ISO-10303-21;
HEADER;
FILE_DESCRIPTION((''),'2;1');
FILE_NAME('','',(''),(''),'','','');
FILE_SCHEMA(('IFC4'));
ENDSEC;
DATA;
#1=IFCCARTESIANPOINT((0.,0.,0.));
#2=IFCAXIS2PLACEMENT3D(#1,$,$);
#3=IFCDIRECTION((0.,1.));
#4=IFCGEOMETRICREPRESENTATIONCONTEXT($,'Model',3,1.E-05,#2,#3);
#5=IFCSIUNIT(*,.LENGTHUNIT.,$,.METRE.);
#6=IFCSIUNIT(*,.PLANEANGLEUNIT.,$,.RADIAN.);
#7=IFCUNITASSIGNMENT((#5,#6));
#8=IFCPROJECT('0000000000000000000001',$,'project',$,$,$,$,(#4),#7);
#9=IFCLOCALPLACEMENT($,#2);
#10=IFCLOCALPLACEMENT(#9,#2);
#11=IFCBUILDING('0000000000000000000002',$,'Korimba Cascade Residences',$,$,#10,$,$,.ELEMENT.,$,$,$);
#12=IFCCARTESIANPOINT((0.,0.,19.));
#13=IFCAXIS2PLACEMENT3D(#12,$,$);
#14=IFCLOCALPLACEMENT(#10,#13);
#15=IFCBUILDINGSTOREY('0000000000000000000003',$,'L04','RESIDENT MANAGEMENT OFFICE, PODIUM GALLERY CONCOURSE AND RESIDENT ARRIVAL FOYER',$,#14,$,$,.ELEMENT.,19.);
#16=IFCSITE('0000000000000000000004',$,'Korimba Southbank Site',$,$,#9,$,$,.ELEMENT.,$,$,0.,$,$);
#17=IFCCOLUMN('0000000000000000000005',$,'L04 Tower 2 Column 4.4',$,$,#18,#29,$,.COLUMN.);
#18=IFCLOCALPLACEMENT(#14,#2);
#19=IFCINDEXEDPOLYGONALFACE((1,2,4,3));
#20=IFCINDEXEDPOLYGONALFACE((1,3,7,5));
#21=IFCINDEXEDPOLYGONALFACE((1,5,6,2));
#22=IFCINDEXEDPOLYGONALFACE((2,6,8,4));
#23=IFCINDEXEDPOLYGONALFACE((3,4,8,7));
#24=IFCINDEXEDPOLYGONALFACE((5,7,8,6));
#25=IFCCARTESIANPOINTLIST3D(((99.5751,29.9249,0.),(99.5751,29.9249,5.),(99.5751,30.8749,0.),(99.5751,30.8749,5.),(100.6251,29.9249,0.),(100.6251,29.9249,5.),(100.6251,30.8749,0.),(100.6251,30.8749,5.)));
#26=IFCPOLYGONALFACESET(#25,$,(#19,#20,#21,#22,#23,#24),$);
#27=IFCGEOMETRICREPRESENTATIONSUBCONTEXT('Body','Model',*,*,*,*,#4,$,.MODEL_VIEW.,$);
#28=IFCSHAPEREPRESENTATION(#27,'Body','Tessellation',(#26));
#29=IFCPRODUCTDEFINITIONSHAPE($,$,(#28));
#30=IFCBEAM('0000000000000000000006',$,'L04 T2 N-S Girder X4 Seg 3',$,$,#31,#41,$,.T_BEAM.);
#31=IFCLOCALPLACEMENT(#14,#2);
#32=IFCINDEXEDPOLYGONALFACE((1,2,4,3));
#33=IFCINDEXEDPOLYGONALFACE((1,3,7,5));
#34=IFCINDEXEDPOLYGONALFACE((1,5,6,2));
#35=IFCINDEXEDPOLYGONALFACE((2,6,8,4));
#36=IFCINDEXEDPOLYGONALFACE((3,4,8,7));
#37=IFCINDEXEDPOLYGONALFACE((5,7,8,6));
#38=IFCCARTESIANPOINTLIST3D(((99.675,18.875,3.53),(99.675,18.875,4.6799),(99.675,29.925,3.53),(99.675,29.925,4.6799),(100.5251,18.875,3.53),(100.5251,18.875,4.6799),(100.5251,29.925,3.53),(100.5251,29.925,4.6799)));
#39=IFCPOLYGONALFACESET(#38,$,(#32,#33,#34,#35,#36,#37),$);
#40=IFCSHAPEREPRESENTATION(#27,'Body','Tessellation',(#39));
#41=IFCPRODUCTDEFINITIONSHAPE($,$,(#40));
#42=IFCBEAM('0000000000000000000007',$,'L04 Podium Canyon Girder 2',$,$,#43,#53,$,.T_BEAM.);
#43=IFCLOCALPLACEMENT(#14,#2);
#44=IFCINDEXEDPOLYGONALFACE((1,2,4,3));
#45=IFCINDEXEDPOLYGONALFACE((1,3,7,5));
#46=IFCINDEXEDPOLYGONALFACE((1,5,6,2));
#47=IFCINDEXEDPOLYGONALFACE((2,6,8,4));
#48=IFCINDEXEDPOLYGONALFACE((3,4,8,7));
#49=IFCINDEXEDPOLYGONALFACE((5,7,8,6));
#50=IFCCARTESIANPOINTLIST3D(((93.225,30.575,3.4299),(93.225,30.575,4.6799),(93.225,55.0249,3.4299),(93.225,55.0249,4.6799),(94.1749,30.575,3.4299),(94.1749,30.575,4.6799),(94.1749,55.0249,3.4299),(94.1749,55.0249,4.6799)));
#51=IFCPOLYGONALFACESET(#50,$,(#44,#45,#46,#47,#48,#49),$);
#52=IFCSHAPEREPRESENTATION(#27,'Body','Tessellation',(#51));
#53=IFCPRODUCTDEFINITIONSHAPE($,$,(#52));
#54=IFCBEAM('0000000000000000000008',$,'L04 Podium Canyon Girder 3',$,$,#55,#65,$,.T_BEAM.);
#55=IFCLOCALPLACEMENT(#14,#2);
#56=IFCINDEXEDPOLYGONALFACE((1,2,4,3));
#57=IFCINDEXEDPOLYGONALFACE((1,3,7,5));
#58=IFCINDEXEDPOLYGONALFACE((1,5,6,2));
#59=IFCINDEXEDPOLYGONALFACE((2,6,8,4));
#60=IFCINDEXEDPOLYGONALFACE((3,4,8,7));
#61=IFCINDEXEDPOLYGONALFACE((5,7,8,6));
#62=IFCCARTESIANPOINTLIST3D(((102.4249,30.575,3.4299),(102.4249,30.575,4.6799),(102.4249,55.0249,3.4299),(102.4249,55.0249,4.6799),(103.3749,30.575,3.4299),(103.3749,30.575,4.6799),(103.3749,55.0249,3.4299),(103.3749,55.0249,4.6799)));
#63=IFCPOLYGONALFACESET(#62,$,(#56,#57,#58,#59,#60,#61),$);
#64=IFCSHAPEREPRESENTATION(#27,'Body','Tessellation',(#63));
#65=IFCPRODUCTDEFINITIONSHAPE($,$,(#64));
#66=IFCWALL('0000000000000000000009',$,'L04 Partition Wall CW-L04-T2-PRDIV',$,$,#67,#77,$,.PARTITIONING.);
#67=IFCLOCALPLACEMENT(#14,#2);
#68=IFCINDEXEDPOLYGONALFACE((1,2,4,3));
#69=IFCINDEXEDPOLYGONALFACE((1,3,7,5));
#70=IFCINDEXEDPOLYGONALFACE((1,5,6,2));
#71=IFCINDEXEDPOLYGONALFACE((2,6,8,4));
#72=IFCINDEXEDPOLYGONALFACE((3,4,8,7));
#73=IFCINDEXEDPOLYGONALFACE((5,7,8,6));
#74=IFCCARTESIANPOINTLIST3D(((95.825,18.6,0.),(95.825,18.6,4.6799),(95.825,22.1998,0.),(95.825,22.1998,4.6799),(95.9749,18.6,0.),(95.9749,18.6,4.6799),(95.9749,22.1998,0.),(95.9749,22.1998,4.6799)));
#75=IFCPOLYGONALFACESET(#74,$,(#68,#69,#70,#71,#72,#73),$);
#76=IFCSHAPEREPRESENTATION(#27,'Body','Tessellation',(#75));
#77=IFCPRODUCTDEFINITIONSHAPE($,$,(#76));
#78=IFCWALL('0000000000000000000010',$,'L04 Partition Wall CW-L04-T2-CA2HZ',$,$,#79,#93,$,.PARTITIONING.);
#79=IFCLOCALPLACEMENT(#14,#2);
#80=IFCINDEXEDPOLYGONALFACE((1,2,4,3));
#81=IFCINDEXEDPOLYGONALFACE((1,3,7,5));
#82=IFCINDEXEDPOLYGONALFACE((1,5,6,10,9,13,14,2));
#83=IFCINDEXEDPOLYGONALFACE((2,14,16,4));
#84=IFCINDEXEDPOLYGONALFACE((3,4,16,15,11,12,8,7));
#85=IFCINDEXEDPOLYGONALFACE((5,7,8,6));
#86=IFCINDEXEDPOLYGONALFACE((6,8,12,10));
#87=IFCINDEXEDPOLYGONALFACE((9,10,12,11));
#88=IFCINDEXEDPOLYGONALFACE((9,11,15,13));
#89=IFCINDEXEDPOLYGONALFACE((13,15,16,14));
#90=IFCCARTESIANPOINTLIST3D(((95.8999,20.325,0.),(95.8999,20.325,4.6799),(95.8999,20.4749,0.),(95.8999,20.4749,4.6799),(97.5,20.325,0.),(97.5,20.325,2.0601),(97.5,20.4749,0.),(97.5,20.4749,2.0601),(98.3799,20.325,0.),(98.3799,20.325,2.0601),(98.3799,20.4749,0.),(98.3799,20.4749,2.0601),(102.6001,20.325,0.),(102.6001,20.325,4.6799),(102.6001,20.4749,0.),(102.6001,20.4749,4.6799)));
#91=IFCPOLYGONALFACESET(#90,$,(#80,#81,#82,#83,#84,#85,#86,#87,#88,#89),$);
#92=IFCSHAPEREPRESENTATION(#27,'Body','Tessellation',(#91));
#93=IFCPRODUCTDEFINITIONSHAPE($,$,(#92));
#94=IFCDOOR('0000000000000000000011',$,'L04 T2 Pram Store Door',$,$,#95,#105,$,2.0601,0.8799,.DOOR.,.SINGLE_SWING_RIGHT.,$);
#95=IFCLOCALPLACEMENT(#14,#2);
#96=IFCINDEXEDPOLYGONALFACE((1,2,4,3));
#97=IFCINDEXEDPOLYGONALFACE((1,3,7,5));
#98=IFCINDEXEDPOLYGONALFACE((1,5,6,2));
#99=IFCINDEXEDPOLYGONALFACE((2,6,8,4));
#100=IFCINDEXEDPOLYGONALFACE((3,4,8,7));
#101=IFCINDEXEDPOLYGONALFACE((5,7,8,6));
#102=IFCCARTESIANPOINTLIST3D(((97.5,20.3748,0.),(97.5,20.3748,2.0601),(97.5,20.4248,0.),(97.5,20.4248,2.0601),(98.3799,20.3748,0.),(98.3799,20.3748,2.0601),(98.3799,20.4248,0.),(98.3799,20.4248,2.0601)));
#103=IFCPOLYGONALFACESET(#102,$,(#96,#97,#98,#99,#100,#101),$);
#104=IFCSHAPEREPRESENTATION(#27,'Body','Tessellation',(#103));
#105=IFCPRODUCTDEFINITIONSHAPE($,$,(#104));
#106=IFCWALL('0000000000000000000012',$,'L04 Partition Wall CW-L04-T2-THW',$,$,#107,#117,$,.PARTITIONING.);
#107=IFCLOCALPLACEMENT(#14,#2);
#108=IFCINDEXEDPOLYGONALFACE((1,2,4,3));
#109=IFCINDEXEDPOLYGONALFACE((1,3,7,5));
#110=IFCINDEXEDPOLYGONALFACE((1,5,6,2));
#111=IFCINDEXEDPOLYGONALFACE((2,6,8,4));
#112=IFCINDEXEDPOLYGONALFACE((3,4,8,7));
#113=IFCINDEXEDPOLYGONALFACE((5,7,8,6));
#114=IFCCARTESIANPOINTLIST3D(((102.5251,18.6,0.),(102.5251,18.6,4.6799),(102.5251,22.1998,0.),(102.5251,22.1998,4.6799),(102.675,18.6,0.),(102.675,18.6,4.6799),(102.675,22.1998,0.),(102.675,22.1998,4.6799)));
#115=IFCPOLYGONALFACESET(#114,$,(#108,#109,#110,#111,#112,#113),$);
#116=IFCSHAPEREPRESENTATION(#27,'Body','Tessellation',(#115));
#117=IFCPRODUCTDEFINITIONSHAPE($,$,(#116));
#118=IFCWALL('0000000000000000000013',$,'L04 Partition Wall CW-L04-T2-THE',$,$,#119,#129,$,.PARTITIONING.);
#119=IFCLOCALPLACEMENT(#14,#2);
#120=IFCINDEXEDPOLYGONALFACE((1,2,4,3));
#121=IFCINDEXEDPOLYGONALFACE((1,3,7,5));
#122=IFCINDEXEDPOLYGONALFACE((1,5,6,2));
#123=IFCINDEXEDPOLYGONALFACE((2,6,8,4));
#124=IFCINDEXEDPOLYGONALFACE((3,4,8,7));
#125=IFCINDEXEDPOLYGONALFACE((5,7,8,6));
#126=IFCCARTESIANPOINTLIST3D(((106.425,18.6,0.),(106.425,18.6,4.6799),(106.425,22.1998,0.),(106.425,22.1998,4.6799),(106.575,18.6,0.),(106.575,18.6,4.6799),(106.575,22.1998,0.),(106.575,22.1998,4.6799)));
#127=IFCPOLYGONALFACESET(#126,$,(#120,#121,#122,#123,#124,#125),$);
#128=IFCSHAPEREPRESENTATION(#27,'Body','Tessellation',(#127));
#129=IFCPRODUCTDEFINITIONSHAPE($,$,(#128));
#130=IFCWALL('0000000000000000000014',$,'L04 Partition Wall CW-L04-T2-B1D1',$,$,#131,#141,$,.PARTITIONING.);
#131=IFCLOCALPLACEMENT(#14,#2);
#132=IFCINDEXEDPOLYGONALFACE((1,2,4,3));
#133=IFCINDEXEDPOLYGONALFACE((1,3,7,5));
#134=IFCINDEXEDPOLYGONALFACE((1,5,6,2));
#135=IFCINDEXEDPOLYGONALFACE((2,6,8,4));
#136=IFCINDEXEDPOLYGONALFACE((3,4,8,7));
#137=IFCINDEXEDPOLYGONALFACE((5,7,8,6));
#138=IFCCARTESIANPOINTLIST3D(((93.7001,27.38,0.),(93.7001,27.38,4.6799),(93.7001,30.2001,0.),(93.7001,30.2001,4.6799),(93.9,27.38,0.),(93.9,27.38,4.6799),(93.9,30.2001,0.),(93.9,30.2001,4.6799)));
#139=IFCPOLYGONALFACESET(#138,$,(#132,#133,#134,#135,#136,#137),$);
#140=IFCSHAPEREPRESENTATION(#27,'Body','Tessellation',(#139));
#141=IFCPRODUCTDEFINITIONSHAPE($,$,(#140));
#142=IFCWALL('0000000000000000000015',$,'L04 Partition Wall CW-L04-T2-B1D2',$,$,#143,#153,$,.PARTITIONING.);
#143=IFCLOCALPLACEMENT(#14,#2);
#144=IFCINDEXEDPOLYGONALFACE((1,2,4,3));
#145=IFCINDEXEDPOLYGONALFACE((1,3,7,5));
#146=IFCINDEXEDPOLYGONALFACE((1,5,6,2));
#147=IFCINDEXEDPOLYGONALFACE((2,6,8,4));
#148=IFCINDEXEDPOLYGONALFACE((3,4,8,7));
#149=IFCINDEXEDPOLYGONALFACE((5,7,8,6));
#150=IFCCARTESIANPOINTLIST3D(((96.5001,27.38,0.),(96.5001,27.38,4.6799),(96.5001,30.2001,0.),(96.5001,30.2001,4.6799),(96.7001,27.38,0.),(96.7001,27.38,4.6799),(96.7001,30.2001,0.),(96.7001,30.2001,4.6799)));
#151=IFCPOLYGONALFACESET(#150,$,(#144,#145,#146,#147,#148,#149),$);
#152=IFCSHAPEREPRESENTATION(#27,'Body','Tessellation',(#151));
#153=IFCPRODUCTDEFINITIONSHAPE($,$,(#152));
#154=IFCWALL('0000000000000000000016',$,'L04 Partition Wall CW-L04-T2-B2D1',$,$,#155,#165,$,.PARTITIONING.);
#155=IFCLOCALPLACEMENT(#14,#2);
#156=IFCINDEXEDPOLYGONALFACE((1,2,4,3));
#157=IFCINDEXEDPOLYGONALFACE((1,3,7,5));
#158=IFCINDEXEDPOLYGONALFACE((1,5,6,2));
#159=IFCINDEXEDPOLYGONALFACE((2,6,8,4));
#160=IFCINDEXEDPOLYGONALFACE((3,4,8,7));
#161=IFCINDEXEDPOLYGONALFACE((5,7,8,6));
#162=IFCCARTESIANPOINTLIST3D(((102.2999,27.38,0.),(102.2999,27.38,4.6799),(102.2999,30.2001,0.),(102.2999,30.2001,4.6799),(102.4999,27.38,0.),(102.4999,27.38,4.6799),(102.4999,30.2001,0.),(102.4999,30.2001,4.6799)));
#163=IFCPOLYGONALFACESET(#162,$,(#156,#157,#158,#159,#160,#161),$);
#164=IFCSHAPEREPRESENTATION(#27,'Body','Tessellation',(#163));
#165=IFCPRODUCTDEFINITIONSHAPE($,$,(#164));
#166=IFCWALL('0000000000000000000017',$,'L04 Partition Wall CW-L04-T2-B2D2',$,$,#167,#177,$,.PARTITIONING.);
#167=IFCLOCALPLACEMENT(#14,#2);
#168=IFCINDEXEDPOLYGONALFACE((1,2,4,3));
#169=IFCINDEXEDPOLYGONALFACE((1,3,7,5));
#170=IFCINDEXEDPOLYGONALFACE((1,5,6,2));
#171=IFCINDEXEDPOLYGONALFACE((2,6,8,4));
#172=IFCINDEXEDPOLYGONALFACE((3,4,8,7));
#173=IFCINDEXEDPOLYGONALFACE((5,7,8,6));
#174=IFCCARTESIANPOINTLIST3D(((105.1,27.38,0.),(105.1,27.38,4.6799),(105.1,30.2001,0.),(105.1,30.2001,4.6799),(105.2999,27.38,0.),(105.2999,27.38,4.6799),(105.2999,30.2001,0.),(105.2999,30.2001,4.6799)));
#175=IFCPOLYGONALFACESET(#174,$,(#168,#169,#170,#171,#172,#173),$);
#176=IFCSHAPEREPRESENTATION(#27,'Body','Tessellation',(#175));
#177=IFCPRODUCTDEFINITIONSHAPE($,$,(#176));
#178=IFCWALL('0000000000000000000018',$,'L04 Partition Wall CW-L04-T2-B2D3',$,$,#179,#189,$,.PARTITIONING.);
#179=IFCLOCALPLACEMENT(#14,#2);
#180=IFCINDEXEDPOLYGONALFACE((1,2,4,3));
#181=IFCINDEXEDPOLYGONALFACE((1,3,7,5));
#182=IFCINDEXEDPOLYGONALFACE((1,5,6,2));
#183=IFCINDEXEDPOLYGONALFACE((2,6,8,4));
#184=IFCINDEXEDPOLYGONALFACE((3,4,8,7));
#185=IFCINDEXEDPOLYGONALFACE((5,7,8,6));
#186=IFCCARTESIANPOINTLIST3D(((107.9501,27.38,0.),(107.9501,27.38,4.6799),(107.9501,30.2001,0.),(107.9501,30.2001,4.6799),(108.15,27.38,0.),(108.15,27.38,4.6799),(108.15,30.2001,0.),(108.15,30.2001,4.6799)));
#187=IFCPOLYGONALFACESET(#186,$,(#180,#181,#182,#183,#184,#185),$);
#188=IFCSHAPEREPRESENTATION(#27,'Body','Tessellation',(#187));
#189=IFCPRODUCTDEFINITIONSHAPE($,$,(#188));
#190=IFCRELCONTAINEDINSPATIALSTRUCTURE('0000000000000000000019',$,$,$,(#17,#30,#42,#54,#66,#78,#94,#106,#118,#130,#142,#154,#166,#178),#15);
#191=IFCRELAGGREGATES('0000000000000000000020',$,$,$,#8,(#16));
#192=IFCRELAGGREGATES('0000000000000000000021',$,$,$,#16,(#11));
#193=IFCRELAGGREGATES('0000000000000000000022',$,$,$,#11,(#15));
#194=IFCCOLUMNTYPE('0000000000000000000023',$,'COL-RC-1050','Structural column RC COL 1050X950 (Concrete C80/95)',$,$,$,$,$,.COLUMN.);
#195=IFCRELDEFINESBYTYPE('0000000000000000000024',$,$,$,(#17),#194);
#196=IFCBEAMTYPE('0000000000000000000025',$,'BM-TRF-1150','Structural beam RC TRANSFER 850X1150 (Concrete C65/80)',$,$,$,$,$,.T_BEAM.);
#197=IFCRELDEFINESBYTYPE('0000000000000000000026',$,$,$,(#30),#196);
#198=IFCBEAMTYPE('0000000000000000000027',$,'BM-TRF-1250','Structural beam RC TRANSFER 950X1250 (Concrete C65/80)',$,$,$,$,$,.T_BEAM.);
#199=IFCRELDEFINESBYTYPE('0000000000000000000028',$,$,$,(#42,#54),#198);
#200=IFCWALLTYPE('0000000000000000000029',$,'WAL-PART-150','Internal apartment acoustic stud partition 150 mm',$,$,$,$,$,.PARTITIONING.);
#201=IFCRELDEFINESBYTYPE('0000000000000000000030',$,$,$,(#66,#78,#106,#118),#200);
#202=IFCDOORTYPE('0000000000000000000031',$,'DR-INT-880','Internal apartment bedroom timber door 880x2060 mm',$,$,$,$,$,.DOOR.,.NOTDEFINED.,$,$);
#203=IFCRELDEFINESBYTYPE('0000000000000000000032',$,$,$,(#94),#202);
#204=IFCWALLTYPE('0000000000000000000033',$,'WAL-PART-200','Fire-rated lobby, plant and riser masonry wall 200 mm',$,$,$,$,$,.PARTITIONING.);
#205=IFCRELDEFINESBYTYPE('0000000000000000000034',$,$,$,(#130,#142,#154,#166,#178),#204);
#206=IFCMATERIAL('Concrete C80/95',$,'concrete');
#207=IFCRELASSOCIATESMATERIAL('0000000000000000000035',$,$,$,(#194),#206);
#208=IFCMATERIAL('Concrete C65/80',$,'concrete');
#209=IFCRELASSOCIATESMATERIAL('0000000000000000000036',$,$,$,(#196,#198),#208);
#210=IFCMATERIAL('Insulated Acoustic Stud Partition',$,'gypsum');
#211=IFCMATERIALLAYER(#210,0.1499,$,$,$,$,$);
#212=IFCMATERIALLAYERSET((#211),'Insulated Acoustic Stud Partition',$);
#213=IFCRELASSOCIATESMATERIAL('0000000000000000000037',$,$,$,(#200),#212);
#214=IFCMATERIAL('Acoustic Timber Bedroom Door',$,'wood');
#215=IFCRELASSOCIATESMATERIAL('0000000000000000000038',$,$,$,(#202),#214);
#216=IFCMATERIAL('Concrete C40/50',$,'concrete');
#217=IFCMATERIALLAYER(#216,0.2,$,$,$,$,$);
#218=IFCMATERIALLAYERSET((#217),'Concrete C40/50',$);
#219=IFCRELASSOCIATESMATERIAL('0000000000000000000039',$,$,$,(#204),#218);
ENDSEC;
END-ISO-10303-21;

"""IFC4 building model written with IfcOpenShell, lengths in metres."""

from ifc_helpers import new_model, si_unit, direction, frame, frame_2d, origin, origin_2d, place, context, subcontext, project, spatial, rectangle, extrude, material, layer, layer_set, material_profile, profile_set, type_object, element, fill, save


model = new_model("IFC4")

# Units and contexts
model_context = context("Model", 3, precision=1e-05, world=origin(), true_north=direction((0.0, 1.0)))
body_context = subcontext(model_context, "Body", "Model", "MODEL_VIEW")
ifc_project = project(units=[si_unit("LENGTHUNIT", "METRE"), si_unit("PLANEANGLEUNIT", "RADIAN")], contexts=[model_context])

# Site, building, storey
site_placement = place(None, origin())
site = spatial("IfcSite", under=ifc_project, at=site_placement, Name="Korimba Southbank Site", CompositionType="ELEMENT", RefElevation=0.0)
building_placement = place(site_placement, origin())
building = spatial("IfcBuilding", under=site, at=building_placement, Name="Korimba Cascade Residences", CompositionType="ELEMENT")
storey_placement = place(building_placement, frame((0.0, 0.0, 19.0)))
storey = spatial("IfcBuildingStorey", under=building, at=storey_placement, Name="L04", Description="RESIDENT MANAGEMENT OFFICE, PODIUM GALLERY CONCOURSE AND RESIDENT ARRIVAL FOYER", CompositionType="ELEMENT", Elevation=19.0)

# Column
ifc_material_1 = material(Name="Concrete C80/95", Category="concrete")
ifc_material_profile_1 = material_profile(ifc_material_1, rectangle(XDim=1.05, YDim=0.95, at=origin_2d()), Name="Concrete C80/95")
ifc_profile_set_1 = profile_set([ifc_material_profile_1], Name="Concrete C80/95")
column_type = type_object("IfcColumnType", Name="COL-RC-1050", Description="Structural column RC COL 1050X950 (Concrete C80/95)", PredefinedType="COLUMN", material=ifc_profile_set_1)
column_placement = place(storey_placement, frame((100.1001, 30.3999, 0.0), z_axis=(0.0, 0.0, 1.0), x_axis=(1.0, 0.0, 0.0)))
element("IfcColumn", 1, at=column_placement, inside=storey, type_object=column_type, Name="L04 Tower 2 Column 4.4", PredefinedType="COLUMN", context=body_context, shape_type="SweptSolid", body=[
    extrude(rectangle(XDim=1.05, YDim=0.95, at=origin_2d()), origin(), (0.0, 0.0, 1.0), 5.0),
])

# Beams
ifc_material_2 = material(Name="Concrete C65/80", Category="concrete")
ifc_material_profile_2 = material_profile(ifc_material_2, rectangle(XDim=0.8501, YDim=1.1499, at=origin_2d()), Name="Concrete C65/80")
ifc_profile_set_2 = profile_set([ifc_material_profile_2], Name="Concrete C65/80")
beam_type_1 = type_object("IfcBeamType", Name="BM-TRF-1150", Description="Structural beam RC TRANSFER 850X1150 (Concrete C65/80)", PredefinedType="T_BEAM", material=ifc_profile_set_2)
beam_placement = place(storey_placement, frame((100.1001, 18.875, 4.105), z_axis=(0.0, 1.0, 0.0), x_axis=(-1.0, 0.0, 0.0)))
element("IfcBeam", 2, at=beam_placement, inside=storey, type_object=beam_type_1, Name="L04 T2 N-S Girder X4 Seg 3", PredefinedType="T_BEAM", context=body_context, shape_type="SweptSolid", body=[
    extrude(rectangle(XDim=0.8501, YDim=1.1499, at=origin_2d()), origin(), (0.0, 0.0, 1.0), 11.05),
])
ifc_material_profile_3 = material_profile(ifc_material_2, rectangle(XDim=0.95, YDim=1.25, at=origin_2d()), Name="Concrete C65/80")
ifc_profile_set_3 = profile_set([ifc_material_profile_3], Name="Concrete C65/80")
beam_type_2 = type_object("IfcBeamType", Name="BM-TRF-1250", Description="Structural beam RC TRANSFER 950X1250 (Concrete C65/80)", PredefinedType="T_BEAM", material=ifc_profile_set_3)
for number, where, z_axis, x_axis, name in (
    (3, (93.7, 30.575, 4.0549), (0.0, 1.0, 0.0), (-1.0, 0.0, 0.0), "L04 Podium Canyon Girder 2"),
    (4, (102.8999, 30.575, 4.0549), (0.0, 1.0, 0.0), (-1.0, 0.0, 0.0), "L04 Podium Canyon Girder 3"),
):
    element("IfcBeam", number, at=place(storey_placement, frame(where, z_axis=z_axis, x_axis=x_axis)), inside=storey, type_object=beam_type_2, Name=name, PredefinedType="T_BEAM", context=body_context, shape_type="SweptSolid", body=[
        extrude(rectangle(XDim=0.95, YDim=1.25, at=origin_2d()), origin(), (0.0, 0.0, 1.0), 24.45),
    ])

# Wall
ifc_material_3 = material(Name="Insulated Acoustic Stud Partition", Category="gypsum")
ifc_layer_1 = layer(ifc_material_3, 0.1499)
ifc_layer_set_1 = layer_set([ifc_layer_1], Name="Insulated Acoustic Stud Partition")
wall_type_1 = type_object("IfcWallType", Name="WAL-PART-150", Description="Internal apartment acoustic stud partition 150 mm", PredefinedType="PARTITIONING", material=ifc_layer_set_1)
wall_1_placement = place(storey_placement, frame((95.8999, 18.6001, 0.0), z_axis=(0.0, 0.0, 1.0), x_axis=(0.0, 1.0, 0.0)))
element("IfcWall", 5, at=wall_1_placement, inside=storey, type_object=wall_type_1, Name="L04 Partition Wall CW-L04-T2-PRDIV", PredefinedType="PARTITIONING", context=body_context, shape_type="SweptSolid", body=[
    extrude(rectangle(XDim=3.5999, YDim=0.1499, at=frame_2d((1.7998, 0.0))), origin(), (0.0, 0.0, 1.0), 4.6799),
])

# Wall, opening, door
wall_2_placement = place(storey_placement, frame((95.8999, 20.3999, 0.0), z_axis=(0.0, 0.0, 1.0), x_axis=(1.0, 0.0, 0.0)))
wall_2 = element("IfcWall", 6, at=wall_2_placement, inside=storey, type_object=wall_type_1, Name="L04 Partition Wall CW-L04-T2-CA2HZ", PredefinedType="PARTITIONING", context=body_context, shape_type="SweptSolid", body=[
    extrude(rectangle(XDim=6.7002, YDim=0.1499, at=frame_2d((3.3501, 0.0))), origin(), (0.0, 0.0, 1.0), 4.6799),
])
opening_1_placement = place(wall_2_placement, frame((1.6001, 0.0, 0.0)))
opening_1 = element("IfcOpeningElement", 7, at=opening_1_placement, cuts=wall_2, PredefinedType="OPENING", context=body_context, shape_type="SweptSolid", body=[
    extrude(rectangle(XDim=0.8799, YDim=2.0601, at=frame_2d((0.4399, 1.03))), frame((0.0, 0.085, 0.0), z_axis=(0.0, -1.0, 0.0), x_axis=(1.0, 0.0, 0.0)), (0.0, 0.0, 1.0), 0.1699),
])
ifc_material_4 = material(Name="Acoustic Timber Bedroom Door", Category="wood")
door_type_1 = type_object("IfcDoorType", Name="DR-INT-880", Description="Internal apartment bedroom timber door 880x2060 mm", OperationType="NOTDEFINED", PredefinedType="DOOR", material=ifc_material_4)
door_1_placement = place(opening_1_placement, origin())
door_1 = element("IfcDoor", 8, at=door_1_placement, inside=storey, type_object=door_type_1, Name="L04 T2 Pram Store Door", OperationType="SINGLE_SWING_RIGHT", OverallHeight=2.0601, OverallWidth=0.8799, PredefinedType="DOOR", context=body_context, shape_type="SweptSolid", body=[
    extrude(rectangle(XDim=0.8799, YDim=2.0601, at=frame_2d((0.4399, 1.03))), frame((0.0, 0.0249, 0.0), z_axis=(0.0, -1.0, 0.0), x_axis=(1.0, 0.0, 0.0)), (0.0, 0.0, 1.0), 0.05),
])
fill(opening_1, door_1)

# Walls
for number, where, z_axis, x_axis, name in (
    (9, (102.6001, 18.6001, 0.0), (0.0, 0.0, 1.0), (0.0, 1.0, 0.0), "L04 Partition Wall CW-L04-T2-THW"),
    (10, (106.5, 18.6001, 0.0), (0.0, 0.0, 1.0), (0.0, 1.0, 0.0), "L04 Partition Wall CW-L04-T2-THE"),
):
    element("IfcWall", number, at=place(storey_placement, frame(where, z_axis=z_axis, x_axis=x_axis)), inside=storey, type_object=wall_type_1, Name=name, PredefinedType="PARTITIONING", context=body_context, shape_type="SweptSolid", body=[
        extrude(rectangle(XDim=3.5999, YDim=0.1499, at=frame_2d((1.7998, 0.0))), origin(), (0.0, 0.0, 1.0), 4.6799),
    ])
ifc_material_5 = material(Name="Concrete C40/50", Category="concrete")
ifc_layer_2 = layer(ifc_material_5, 0.2)
ifc_layer_set_2 = layer_set([ifc_layer_2], Name="Concrete C40/50")
wall_type_2 = type_object("IfcWallType", Name="WAL-PART-200", Description="Fire-rated lobby, plant and riser masonry wall 200 mm", PredefinedType="PARTITIONING", material=ifc_layer_set_2)
for number, where, z_axis, x_axis, name in (
    (11, (93.8, 27.3799, 0.0), (0.0, 0.0, 1.0), (0.0, 1.0, 0.0), "L04 Partition Wall CW-L04-T2-B1D1"),
    (12, (96.6001, 27.3799, 0.0), (0.0, 0.0, 1.0), (0.0, 1.0, 0.0), "L04 Partition Wall CW-L04-T2-B1D2"),
    (13, (102.3999, 27.3799, 0.0), (0.0, 0.0, 1.0), (0.0, 1.0, 0.0), "L04 Partition Wall CW-L04-T2-B2D1"),
    (14, (105.2, 27.3799, 0.0), (0.0, 0.0, 1.0), (0.0, 1.0, 0.0), "L04 Partition Wall CW-L04-T2-B2D2"),
    (15, (108.05, 27.3799, 0.0), (0.0, 0.0, 1.0), (0.0, 1.0, 0.0), "L04 Partition Wall CW-L04-T2-B2D3"),
):
    element("IfcWall", number, at=place(storey_placement, frame(where, z_axis=z_axis, x_axis=x_axis)), inside=storey, type_object=wall_type_2, Name=name, PredefinedType="PARTITIONING", context=body_context, shape_type="SweptSolid", body=[
        extrude(rectangle(XDim=2.8201, YDim=0.2, at=frame_2d((1.4102, 0.0))), origin(), (0.0, 0.0, 1.0), 4.6799),
    ])

save(model, "model.ifc")
